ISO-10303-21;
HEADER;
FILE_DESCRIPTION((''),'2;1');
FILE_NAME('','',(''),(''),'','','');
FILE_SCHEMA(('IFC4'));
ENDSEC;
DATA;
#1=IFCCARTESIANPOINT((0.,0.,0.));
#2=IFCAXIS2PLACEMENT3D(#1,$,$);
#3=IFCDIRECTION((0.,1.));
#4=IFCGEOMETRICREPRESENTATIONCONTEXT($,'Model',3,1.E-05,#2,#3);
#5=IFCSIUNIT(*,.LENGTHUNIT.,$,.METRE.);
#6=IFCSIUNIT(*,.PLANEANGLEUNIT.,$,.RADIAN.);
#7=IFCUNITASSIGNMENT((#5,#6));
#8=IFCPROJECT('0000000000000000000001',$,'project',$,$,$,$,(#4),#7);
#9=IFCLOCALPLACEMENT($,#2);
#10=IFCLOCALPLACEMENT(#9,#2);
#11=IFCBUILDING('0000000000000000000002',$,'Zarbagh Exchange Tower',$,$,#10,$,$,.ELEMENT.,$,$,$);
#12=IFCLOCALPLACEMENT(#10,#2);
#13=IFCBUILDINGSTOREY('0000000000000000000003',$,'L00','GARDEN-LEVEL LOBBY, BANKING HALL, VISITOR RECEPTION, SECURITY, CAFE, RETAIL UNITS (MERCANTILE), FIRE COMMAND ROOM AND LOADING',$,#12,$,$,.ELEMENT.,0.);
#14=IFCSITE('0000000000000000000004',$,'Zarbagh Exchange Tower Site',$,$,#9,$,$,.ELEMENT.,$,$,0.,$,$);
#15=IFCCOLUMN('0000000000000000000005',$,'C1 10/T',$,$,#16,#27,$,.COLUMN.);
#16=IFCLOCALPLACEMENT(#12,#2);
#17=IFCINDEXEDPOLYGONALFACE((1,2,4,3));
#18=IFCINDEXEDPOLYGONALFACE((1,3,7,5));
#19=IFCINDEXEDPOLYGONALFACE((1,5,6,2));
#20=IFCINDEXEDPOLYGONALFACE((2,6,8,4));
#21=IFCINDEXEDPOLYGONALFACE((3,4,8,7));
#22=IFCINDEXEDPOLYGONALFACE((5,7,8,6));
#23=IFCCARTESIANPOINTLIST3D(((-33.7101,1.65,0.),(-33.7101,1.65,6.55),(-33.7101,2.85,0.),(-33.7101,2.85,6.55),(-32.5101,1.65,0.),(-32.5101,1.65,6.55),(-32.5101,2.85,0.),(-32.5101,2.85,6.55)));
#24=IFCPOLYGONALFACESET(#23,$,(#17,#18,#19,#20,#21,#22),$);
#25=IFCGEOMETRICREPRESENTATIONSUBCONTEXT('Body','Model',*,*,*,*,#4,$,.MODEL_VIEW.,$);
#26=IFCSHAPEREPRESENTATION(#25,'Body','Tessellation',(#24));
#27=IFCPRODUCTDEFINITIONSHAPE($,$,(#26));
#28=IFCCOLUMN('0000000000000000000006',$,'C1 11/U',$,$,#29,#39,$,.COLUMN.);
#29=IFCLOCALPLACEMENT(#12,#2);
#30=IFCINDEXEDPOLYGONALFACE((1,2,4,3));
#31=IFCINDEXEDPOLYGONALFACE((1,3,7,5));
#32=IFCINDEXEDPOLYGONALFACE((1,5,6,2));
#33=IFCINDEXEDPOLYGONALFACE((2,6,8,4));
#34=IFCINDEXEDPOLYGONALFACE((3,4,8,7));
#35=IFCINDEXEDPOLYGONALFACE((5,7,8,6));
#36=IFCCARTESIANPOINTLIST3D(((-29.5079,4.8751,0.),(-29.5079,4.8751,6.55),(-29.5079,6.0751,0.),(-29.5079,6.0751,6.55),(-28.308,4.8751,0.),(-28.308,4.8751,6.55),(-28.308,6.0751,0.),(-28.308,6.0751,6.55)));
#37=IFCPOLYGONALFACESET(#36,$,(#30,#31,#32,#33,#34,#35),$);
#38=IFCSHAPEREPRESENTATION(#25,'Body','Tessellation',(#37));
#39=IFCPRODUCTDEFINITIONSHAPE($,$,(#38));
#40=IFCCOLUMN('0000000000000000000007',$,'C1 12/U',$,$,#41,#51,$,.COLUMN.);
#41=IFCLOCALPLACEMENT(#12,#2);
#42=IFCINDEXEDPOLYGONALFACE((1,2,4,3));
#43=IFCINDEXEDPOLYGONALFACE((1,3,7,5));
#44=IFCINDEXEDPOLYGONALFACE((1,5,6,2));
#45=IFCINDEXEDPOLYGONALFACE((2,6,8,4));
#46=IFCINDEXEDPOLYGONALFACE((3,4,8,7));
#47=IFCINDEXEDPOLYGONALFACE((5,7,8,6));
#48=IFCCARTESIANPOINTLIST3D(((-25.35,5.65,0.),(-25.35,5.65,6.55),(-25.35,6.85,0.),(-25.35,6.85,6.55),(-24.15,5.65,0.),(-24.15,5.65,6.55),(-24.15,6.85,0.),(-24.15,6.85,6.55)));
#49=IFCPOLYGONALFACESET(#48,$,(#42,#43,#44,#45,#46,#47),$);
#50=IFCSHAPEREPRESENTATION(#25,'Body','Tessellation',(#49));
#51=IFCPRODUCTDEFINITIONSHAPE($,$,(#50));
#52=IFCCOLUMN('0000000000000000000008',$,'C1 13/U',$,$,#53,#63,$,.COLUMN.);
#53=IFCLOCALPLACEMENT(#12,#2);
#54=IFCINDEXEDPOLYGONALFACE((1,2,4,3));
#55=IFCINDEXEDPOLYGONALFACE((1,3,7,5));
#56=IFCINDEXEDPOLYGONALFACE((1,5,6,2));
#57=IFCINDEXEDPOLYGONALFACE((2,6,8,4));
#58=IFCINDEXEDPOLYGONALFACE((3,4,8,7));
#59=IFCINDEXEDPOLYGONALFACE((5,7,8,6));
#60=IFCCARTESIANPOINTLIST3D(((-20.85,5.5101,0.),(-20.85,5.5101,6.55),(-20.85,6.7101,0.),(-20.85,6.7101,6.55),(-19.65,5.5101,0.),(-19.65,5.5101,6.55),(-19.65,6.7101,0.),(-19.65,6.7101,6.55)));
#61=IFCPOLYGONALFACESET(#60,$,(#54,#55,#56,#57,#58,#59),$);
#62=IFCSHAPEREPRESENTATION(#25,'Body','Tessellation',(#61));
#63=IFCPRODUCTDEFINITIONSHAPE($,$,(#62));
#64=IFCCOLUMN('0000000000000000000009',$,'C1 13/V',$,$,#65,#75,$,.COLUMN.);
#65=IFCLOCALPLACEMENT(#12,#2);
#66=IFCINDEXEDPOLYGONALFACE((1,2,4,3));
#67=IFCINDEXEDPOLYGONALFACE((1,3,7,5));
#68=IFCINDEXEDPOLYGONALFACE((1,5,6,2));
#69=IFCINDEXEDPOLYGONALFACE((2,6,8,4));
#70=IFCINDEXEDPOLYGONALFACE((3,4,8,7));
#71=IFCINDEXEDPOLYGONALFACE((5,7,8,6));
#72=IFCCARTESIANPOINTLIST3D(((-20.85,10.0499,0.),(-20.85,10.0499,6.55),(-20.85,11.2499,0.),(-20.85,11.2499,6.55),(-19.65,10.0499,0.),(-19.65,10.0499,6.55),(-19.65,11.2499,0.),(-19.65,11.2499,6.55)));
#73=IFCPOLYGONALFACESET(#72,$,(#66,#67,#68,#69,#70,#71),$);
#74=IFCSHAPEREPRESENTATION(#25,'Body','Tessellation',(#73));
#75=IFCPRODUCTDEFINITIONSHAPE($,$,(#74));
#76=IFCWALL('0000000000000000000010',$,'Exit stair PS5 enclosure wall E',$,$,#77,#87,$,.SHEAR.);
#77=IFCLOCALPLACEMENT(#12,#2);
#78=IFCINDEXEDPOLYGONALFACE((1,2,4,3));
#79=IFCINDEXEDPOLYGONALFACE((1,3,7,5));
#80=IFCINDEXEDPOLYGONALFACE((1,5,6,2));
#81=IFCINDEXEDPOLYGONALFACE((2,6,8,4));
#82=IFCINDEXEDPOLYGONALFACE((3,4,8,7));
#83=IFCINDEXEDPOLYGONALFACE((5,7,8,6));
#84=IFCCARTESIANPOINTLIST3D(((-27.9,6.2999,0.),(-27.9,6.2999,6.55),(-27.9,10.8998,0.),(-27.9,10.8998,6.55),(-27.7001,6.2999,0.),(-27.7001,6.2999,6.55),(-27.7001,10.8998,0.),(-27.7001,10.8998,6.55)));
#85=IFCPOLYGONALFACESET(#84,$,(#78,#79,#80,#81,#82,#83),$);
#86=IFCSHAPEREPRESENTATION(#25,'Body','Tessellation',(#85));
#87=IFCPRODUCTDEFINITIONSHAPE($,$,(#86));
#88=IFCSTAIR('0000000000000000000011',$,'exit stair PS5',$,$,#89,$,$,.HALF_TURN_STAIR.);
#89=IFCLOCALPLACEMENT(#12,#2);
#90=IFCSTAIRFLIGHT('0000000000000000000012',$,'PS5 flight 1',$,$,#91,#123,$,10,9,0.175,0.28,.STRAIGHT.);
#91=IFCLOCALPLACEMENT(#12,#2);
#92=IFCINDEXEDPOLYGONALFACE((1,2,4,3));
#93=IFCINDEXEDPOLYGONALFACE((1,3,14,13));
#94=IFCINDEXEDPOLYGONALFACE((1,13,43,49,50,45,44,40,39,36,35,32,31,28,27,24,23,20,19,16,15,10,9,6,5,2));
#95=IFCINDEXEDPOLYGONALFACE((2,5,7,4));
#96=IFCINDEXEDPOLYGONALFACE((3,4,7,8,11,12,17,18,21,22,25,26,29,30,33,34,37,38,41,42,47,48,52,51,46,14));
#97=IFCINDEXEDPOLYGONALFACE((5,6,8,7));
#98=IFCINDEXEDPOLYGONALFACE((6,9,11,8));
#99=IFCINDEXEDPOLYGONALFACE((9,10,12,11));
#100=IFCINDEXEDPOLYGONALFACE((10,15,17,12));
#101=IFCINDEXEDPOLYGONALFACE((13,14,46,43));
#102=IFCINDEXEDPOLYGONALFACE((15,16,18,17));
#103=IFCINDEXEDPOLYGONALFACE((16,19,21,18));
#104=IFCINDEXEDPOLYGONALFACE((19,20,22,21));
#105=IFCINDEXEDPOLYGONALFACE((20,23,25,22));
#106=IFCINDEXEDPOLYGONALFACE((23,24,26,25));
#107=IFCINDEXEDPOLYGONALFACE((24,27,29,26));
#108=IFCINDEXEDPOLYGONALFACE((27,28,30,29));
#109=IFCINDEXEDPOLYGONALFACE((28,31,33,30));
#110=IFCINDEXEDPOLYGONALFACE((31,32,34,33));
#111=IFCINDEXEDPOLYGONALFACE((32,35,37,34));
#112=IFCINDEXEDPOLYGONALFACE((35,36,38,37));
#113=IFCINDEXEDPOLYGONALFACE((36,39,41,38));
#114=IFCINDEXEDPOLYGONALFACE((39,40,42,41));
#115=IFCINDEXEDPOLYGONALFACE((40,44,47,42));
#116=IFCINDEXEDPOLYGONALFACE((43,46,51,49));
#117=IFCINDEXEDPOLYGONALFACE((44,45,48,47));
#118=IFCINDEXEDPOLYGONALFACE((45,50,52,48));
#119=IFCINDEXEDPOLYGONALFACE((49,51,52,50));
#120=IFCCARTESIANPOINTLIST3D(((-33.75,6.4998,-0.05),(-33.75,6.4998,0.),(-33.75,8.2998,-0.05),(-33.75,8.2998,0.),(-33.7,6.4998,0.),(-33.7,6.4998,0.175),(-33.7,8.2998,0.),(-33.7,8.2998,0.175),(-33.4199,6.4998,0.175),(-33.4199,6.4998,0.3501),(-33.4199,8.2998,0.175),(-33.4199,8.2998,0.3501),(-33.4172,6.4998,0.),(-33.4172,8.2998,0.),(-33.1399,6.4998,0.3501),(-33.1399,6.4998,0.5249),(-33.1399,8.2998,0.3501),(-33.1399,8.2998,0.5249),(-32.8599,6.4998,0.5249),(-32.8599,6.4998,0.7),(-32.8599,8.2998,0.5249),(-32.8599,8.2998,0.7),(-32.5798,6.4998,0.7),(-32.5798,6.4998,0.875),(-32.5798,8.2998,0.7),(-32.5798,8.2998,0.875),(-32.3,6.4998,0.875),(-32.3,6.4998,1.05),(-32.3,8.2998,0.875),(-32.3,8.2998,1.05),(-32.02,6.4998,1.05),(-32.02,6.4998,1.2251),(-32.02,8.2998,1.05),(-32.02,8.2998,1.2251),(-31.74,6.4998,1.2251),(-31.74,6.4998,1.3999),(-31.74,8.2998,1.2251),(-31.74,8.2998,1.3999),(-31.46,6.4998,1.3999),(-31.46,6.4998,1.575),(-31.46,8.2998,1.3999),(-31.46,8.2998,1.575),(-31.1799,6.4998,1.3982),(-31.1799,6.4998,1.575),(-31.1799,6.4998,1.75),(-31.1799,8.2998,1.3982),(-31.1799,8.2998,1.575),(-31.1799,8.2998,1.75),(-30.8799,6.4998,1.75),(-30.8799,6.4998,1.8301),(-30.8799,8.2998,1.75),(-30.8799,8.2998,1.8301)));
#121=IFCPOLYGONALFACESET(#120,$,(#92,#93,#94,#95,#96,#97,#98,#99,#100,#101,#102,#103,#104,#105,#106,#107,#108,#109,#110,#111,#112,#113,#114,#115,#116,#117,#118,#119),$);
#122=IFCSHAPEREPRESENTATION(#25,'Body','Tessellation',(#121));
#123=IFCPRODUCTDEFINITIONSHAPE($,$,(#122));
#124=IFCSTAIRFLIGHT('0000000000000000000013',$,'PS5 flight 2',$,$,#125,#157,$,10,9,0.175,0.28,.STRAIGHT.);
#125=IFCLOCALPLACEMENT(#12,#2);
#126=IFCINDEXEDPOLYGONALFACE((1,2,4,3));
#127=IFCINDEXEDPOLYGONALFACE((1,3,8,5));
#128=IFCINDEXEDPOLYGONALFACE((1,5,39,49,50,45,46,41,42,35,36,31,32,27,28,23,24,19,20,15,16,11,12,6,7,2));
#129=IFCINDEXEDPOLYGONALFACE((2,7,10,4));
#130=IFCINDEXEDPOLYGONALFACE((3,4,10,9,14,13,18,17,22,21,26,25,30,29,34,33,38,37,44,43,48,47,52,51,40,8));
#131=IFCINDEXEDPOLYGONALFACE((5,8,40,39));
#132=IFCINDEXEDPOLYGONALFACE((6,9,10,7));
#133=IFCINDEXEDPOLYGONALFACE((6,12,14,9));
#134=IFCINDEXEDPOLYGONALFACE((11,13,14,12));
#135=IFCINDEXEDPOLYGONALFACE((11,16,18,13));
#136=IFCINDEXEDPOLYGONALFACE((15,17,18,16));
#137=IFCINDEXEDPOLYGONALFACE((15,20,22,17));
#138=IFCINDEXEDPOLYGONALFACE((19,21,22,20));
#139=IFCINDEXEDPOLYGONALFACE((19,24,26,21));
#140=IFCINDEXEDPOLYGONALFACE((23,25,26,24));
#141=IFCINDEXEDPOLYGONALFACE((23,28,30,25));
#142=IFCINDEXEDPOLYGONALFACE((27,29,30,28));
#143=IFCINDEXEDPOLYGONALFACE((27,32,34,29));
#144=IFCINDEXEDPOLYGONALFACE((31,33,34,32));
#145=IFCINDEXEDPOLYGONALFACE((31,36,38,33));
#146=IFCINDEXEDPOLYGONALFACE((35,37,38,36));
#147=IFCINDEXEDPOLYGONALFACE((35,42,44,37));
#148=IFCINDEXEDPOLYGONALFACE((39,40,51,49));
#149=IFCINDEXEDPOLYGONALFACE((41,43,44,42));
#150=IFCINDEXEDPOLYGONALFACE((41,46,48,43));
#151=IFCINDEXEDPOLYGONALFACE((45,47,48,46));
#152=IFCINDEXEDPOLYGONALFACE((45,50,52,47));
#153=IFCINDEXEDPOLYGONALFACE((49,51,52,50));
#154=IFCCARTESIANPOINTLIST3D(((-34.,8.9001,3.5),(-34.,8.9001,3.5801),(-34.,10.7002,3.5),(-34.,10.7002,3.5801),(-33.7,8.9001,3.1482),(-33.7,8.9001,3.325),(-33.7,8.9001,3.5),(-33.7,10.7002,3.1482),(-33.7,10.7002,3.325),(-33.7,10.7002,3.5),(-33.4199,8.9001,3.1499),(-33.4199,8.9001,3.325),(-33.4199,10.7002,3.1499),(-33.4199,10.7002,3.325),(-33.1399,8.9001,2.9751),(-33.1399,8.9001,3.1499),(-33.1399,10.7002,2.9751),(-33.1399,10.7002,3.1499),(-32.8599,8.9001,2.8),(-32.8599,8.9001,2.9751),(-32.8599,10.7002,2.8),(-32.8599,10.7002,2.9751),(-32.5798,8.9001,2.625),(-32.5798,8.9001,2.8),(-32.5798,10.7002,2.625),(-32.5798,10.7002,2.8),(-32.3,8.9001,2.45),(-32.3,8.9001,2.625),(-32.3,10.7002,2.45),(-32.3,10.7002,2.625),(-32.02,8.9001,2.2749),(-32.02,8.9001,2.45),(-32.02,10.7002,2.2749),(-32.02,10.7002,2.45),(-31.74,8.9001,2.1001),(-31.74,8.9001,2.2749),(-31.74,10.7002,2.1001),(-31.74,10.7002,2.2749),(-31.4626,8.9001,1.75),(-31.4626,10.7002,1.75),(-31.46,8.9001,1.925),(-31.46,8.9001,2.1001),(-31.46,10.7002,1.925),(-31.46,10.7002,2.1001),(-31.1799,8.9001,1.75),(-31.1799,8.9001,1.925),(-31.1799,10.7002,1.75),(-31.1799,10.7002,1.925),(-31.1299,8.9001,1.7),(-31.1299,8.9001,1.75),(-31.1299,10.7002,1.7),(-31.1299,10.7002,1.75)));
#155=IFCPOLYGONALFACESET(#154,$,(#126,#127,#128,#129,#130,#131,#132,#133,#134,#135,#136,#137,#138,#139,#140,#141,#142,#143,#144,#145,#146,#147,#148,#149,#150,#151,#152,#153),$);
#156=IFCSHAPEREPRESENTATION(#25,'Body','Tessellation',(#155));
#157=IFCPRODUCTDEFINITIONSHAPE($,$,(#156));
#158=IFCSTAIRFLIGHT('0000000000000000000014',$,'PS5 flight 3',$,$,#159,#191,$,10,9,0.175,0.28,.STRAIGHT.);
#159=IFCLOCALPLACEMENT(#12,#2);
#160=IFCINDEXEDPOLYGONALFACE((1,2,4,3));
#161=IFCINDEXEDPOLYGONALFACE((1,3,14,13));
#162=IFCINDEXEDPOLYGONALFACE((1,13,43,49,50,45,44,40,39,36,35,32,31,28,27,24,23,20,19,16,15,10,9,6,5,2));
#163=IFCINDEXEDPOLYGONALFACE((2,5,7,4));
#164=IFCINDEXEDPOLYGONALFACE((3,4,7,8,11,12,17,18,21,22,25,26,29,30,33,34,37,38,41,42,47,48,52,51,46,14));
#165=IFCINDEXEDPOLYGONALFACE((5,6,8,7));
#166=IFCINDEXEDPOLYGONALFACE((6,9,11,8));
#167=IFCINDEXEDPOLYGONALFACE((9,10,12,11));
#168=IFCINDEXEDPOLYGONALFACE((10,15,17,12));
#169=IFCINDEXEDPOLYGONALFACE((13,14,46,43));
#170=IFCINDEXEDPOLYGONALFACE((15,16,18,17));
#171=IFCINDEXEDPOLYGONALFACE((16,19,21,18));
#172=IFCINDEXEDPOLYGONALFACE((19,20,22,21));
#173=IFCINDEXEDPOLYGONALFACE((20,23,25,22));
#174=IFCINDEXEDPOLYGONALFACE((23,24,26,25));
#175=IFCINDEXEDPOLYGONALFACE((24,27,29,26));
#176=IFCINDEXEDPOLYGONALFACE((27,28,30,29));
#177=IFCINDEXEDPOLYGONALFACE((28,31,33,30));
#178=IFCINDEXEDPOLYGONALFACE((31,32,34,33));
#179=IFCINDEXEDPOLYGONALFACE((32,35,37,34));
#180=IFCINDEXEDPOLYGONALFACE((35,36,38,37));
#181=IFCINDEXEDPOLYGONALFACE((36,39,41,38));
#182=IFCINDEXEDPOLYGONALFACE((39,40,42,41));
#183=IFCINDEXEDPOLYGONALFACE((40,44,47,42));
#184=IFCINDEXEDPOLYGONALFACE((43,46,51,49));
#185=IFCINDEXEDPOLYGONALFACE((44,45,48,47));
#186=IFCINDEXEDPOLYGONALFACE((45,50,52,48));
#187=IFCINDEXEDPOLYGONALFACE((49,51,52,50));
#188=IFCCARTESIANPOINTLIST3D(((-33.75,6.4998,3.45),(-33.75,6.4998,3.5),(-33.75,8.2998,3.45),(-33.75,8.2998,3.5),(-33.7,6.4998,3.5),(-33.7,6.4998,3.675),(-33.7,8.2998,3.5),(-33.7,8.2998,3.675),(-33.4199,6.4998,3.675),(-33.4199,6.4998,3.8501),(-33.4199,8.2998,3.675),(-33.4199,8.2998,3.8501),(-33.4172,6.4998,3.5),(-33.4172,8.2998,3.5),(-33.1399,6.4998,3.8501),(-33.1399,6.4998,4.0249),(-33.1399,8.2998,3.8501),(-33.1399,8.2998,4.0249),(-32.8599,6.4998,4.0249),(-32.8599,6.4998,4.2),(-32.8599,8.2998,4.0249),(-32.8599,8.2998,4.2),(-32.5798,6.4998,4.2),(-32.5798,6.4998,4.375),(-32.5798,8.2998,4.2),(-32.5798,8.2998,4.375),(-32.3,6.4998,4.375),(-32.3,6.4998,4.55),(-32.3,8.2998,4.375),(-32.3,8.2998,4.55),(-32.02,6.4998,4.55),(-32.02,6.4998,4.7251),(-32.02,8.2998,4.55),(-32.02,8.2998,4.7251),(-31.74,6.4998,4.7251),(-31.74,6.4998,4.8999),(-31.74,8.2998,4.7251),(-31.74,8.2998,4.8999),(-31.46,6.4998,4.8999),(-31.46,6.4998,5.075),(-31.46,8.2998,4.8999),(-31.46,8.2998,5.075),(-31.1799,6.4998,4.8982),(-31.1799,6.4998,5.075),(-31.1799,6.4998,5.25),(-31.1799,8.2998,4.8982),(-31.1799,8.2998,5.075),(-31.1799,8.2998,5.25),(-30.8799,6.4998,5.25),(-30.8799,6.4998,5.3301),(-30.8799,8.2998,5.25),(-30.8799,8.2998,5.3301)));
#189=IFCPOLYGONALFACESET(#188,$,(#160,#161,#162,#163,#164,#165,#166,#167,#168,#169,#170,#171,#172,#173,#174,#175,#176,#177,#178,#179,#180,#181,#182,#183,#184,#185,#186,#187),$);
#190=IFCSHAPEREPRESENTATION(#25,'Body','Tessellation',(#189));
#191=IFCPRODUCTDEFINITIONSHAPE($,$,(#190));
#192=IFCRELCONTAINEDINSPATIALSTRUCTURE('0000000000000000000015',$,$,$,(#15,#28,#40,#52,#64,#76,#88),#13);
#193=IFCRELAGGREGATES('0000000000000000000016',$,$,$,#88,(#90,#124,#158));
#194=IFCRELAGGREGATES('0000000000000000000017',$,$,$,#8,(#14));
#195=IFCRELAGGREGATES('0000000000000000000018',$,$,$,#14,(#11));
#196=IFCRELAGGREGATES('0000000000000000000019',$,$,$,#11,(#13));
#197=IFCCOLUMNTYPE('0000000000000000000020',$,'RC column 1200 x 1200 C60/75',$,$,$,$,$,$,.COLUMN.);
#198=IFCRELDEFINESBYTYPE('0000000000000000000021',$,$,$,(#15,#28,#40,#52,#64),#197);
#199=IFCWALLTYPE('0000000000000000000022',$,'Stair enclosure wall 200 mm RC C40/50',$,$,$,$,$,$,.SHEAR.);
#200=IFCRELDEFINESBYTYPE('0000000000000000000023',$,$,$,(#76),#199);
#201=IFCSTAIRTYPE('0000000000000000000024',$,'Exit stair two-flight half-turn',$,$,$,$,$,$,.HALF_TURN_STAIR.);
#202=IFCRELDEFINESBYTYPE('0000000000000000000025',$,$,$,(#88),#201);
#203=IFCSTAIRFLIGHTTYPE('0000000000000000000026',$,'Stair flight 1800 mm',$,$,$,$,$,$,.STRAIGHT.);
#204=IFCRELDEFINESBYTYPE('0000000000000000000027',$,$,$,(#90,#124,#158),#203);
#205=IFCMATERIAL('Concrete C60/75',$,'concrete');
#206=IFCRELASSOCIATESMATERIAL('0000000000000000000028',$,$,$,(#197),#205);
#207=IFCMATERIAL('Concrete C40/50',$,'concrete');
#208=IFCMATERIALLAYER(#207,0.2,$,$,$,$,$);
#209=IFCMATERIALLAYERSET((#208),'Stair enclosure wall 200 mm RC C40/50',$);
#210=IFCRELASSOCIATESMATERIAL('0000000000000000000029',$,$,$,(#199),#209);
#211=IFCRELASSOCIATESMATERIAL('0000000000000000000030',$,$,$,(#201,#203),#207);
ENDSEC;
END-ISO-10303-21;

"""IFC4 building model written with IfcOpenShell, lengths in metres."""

from ifc_helpers import new_model, si_unit, direction, frame, frame_2d, origin, origin_2d, place, context, subcontext, project, spatial, polyline, rectangle, outline, extrude, material, layer, layer_set, material_profile, profile_set, type_object, element, aggregate, save


model = new_model("IFC4")

# Units and contexts
model_context = context("Model", 3, precision=1e-05, world=origin(), true_north=direction((0.0, 1.0)))
body_context = subcontext(model_context, "Body", "Model", "MODEL_VIEW")
ifc_project = project(units=[si_unit("LENGTHUNIT", "METRE"), si_unit("PLANEANGLEUNIT", "RADIAN")], contexts=[model_context])

# Site, building, storey
site_placement = place(None, origin())
site = spatial("IfcSite", under=ifc_project, at=site_placement, Name="Zarbagh Exchange Tower Site", CompositionType="ELEMENT", RefElevation=0.0)
building_placement = place(site_placement, origin())
building = spatial("IfcBuilding", under=site, at=building_placement, Name="Zarbagh Exchange Tower", CompositionType="ELEMENT")
storey_placement = place(building_placement, origin())
storey = spatial("IfcBuildingStorey", under=building, at=storey_placement, Name="L00", Description="GARDEN-LEVEL LOBBY, BANKING HALL, VISITOR RECEPTION, SECURITY, CAFE, RETAIL UNITS (MERCANTILE), FIRE COMMAND ROOM AND LOADING", CompositionType="ELEMENT", Elevation=0.0)

# Columns
ifc_material_1 = material(Name="Concrete C60/75", Category="concrete")
ifc_material_profile = material_profile(ifc_material_1, rectangle(XDim=1.2, YDim=1.2, at=origin_2d()), Name="RC column 1200 x 1200 C60/75")
ifc_profile_set = profile_set([ifc_material_profile], Name="Concrete C60/75")
column_type = type_object("IfcColumnType", Name="RC column 1200 x 1200 C60/75", PredefinedType="COLUMN", material=ifc_profile_set)
for number, where, z_axis, x_axis, name in (
    (1, (-33.1101, 2.25, 0.0), (0.0, 0.0, 1.0), (1.0, 0.0, 0.0), "C1 10/T"),
    (2, (-28.908, 5.4751, 0.0), (0.0, 0.0, 1.0), (1.0, 0.0, 0.0), "C1 11/U"),
    (3, (-24.75, 6.25, 0.0), (0.0, 0.0, 1.0), (1.0, 0.0, 0.0), "C1 12/U"),
    (4, (-20.25, 6.1101, 0.0), (0.0, 0.0, 1.0), (1.0, 0.0, 0.0), "C1 13/U"),
    (5, (-20.25, 10.6499, 0.0), (0.0, 0.0, 1.0), (1.0, 0.0, 0.0), "C1 13/V"),
):
    element("IfcColumn", number, at=place(storey_placement, frame(where, z_axis=z_axis, x_axis=x_axis)), inside=storey, type_object=column_type, Name=name, PredefinedType="COLUMN", context=body_context, shape_type="SweptSolid", body=[
        extrude(rectangle(XDim=1.2, YDim=1.2, at=origin_2d()), origin(), (0.0, 0.0, 1.0), 6.55),
    ])

# Wall
ifc_material_2 = material(Name="Concrete C40/50", Category="concrete")
ifc_layer = layer(ifc_material_2, 0.2)
ifc_layer_set = layer_set([ifc_layer], Name="Stair enclosure wall 200 mm RC C40/50")
wall_type = type_object("IfcWallType", Name="Stair enclosure wall 200 mm RC C40/50", PredefinedType="SHEAR", material=ifc_layer_set)
wall_placement = place(storey_placement, frame((-27.8, 6.3, 0.0), z_axis=(0.0, 0.0, 1.0), x_axis=(0.0, 1.0, 0.0)))
element("IfcWall", 6, at=wall_placement, inside=storey, type_object=wall_type, Name="Exit stair PS5 enclosure wall E", PredefinedType="SHEAR", context=body_context, shape_type="SweptSolid", body=[
    extrude(rectangle(XDim=4.5999, YDim=0.2, at=frame_2d((2.2998, 0.0))), origin(), (0.0, 0.0, 1.0), 6.55),
])

# Stair, stair flights
stair_type = type_object("IfcStairType", Name="Exit stair two-flight half-turn", PredefinedType="HALF_TURN_STAIR", material=ifc_material_2)
stair_placement = place(storey_placement, origin())
stair = element("IfcStair", 7, at=stair_placement, inside=storey, type_object=stair_type, Name="exit stair PS5", PredefinedType="HALF_TURN_STAIR")
stair_flight_type = type_object("IfcStairFlightType", Name="Stair flight 1800 mm", PredefinedType="STRAIGHT", material=ifc_material_2)
stair_flight_1_placement = place(storey_placement, frame((-33.7, 7.3999, 0.0), z_axis=(0.0, 0.0, 1.0), x_axis=(1.0, 0.0, 0.0)))
stair_flight_1 = element("IfcStairFlight", 8, at=stair_flight_1_placement, type_object=stair_flight_type, Name="PS5 flight 1", NumberOfRisers=10, NumberOfTreads=9, PredefinedType="STRAIGHT", RiserHeight=0.175, TreadLength=0.28, context=body_context, shape_type="SweptSolid", body=[
    extrude(outline(polyline([(-0.05, -0.05), (-0.05, 0.0), (0.0, 0.0), (0.0, 0.175), (0.28, 0.175), (0.28, 0.3501), (0.5601, 0.3501), (0.5601, 0.5249), (0.8401, 0.5249), (0.8401, 0.7), (1.1201, 0.7), (1.1201, 0.875), (1.3999, 0.875), (1.3999, 1.05), (1.6799, 1.05), (1.6799, 1.2251), (1.96, 1.2251), (1.96, 1.3999), (2.24, 1.3999), (2.24, 1.575), (2.52, 1.575), (2.52, 1.75), (2.8201, 1.8301), (2.8201, 1.75), (2.52, 1.3982), (0.2827, 0.0), (-0.05, -0.05)])), frame((0.0, 0.8999, 0.0), z_axis=(0.0, -1.0, 0.0), x_axis=(1.0, 0.0, 0.0)), (0.0, 0.0, 1.0), 1.8),
])
stair_flight_2_placement = place(storey_placement, frame((-31.1799, 9.8, 1.75), z_axis=(0.0, 0.0, 1.0), x_axis=(-1.0, 0.0, 0.0)))
stair_flight_2 = element("IfcStairFlight", 9, at=stair_flight_2_placement, type_object=stair_flight_type, Name="PS5 flight 2", NumberOfRisers=10, NumberOfTreads=9, PredefinedType="STRAIGHT", RiserHeight=0.175, TreadLength=0.28, context=body_context, shape_type="SweptSolid", body=[
    extrude(outline(polyline([(-0.05, -0.05), (-0.05, 0.0), (0.0, 0.0), (0.0, 0.175), (0.28, 0.175), (0.28, 0.3501), (0.5601, 0.3501), (0.5601, 0.5249), (0.8401, 0.5249), (0.8401, 0.7), (1.1201, 0.7), (1.1201, 0.875), (1.3999, 0.875), (1.3999, 1.05), (1.6799, 1.05), (1.6799, 1.2251), (1.96, 1.2251), (1.96, 1.3999), (2.24, 1.3999), (2.24, 1.575), (2.52, 1.575), (2.52, 1.75), (2.8201, 1.8301), (2.8201, 1.75), (2.52, 1.3982), (0.2827, 0.0), (-0.05, -0.05)])), frame((0.0, 0.8999, 0.0), z_axis=(0.0, -1.0, 0.0), x_axis=(1.0, 0.0, 0.0)), (0.0, 0.0, 1.0), 1.8),
])
stair_flight_3_placement = place(storey_placement, frame((-33.7, 7.3999, 3.5), z_axis=(0.0, 0.0, 1.0), x_axis=(1.0, 0.0, 0.0)))
stair_flight_3 = element("IfcStairFlight", 10, at=stair_flight_3_placement, type_object=stair_flight_type, Name="PS5 flight 3", NumberOfRisers=10, NumberOfTreads=9, PredefinedType="STRAIGHT", RiserHeight=0.175, TreadLength=0.28, context=body_context, shape_type="SweptSolid", body=[
    extrude(outline(polyline([(-0.05, -0.05), (-0.05, 0.0), (0.0, 0.0), (0.0, 0.175), (0.28, 0.175), (0.28, 0.3501), (0.5601, 0.3501), (0.5601, 0.5249), (0.8401, 0.5249), (0.8401, 0.7), (1.1201, 0.7), (1.1201, 0.875), (1.3999, 0.875), (1.3999, 1.05), (1.6799, 1.05), (1.6799, 1.2251), (1.96, 1.2251), (1.96, 1.3999), (2.24, 1.3999), (2.24, 1.575), (2.52, 1.575), (2.52, 1.75), (2.8201, 1.8301), (2.8201, 1.75), (2.52, 1.3982), (0.2827, 0.0), (-0.05, -0.05)])), frame((0.0, 0.8999, 0.0), z_axis=(0.0, -1.0, 0.0), x_axis=(1.0, 0.0, 0.0)), (0.0, 0.0, 1.0), 1.8),
])
aggregate(stair, [stair_flight_1, stair_flight_2, stair_flight_3])

save(model, "model.ifc")
